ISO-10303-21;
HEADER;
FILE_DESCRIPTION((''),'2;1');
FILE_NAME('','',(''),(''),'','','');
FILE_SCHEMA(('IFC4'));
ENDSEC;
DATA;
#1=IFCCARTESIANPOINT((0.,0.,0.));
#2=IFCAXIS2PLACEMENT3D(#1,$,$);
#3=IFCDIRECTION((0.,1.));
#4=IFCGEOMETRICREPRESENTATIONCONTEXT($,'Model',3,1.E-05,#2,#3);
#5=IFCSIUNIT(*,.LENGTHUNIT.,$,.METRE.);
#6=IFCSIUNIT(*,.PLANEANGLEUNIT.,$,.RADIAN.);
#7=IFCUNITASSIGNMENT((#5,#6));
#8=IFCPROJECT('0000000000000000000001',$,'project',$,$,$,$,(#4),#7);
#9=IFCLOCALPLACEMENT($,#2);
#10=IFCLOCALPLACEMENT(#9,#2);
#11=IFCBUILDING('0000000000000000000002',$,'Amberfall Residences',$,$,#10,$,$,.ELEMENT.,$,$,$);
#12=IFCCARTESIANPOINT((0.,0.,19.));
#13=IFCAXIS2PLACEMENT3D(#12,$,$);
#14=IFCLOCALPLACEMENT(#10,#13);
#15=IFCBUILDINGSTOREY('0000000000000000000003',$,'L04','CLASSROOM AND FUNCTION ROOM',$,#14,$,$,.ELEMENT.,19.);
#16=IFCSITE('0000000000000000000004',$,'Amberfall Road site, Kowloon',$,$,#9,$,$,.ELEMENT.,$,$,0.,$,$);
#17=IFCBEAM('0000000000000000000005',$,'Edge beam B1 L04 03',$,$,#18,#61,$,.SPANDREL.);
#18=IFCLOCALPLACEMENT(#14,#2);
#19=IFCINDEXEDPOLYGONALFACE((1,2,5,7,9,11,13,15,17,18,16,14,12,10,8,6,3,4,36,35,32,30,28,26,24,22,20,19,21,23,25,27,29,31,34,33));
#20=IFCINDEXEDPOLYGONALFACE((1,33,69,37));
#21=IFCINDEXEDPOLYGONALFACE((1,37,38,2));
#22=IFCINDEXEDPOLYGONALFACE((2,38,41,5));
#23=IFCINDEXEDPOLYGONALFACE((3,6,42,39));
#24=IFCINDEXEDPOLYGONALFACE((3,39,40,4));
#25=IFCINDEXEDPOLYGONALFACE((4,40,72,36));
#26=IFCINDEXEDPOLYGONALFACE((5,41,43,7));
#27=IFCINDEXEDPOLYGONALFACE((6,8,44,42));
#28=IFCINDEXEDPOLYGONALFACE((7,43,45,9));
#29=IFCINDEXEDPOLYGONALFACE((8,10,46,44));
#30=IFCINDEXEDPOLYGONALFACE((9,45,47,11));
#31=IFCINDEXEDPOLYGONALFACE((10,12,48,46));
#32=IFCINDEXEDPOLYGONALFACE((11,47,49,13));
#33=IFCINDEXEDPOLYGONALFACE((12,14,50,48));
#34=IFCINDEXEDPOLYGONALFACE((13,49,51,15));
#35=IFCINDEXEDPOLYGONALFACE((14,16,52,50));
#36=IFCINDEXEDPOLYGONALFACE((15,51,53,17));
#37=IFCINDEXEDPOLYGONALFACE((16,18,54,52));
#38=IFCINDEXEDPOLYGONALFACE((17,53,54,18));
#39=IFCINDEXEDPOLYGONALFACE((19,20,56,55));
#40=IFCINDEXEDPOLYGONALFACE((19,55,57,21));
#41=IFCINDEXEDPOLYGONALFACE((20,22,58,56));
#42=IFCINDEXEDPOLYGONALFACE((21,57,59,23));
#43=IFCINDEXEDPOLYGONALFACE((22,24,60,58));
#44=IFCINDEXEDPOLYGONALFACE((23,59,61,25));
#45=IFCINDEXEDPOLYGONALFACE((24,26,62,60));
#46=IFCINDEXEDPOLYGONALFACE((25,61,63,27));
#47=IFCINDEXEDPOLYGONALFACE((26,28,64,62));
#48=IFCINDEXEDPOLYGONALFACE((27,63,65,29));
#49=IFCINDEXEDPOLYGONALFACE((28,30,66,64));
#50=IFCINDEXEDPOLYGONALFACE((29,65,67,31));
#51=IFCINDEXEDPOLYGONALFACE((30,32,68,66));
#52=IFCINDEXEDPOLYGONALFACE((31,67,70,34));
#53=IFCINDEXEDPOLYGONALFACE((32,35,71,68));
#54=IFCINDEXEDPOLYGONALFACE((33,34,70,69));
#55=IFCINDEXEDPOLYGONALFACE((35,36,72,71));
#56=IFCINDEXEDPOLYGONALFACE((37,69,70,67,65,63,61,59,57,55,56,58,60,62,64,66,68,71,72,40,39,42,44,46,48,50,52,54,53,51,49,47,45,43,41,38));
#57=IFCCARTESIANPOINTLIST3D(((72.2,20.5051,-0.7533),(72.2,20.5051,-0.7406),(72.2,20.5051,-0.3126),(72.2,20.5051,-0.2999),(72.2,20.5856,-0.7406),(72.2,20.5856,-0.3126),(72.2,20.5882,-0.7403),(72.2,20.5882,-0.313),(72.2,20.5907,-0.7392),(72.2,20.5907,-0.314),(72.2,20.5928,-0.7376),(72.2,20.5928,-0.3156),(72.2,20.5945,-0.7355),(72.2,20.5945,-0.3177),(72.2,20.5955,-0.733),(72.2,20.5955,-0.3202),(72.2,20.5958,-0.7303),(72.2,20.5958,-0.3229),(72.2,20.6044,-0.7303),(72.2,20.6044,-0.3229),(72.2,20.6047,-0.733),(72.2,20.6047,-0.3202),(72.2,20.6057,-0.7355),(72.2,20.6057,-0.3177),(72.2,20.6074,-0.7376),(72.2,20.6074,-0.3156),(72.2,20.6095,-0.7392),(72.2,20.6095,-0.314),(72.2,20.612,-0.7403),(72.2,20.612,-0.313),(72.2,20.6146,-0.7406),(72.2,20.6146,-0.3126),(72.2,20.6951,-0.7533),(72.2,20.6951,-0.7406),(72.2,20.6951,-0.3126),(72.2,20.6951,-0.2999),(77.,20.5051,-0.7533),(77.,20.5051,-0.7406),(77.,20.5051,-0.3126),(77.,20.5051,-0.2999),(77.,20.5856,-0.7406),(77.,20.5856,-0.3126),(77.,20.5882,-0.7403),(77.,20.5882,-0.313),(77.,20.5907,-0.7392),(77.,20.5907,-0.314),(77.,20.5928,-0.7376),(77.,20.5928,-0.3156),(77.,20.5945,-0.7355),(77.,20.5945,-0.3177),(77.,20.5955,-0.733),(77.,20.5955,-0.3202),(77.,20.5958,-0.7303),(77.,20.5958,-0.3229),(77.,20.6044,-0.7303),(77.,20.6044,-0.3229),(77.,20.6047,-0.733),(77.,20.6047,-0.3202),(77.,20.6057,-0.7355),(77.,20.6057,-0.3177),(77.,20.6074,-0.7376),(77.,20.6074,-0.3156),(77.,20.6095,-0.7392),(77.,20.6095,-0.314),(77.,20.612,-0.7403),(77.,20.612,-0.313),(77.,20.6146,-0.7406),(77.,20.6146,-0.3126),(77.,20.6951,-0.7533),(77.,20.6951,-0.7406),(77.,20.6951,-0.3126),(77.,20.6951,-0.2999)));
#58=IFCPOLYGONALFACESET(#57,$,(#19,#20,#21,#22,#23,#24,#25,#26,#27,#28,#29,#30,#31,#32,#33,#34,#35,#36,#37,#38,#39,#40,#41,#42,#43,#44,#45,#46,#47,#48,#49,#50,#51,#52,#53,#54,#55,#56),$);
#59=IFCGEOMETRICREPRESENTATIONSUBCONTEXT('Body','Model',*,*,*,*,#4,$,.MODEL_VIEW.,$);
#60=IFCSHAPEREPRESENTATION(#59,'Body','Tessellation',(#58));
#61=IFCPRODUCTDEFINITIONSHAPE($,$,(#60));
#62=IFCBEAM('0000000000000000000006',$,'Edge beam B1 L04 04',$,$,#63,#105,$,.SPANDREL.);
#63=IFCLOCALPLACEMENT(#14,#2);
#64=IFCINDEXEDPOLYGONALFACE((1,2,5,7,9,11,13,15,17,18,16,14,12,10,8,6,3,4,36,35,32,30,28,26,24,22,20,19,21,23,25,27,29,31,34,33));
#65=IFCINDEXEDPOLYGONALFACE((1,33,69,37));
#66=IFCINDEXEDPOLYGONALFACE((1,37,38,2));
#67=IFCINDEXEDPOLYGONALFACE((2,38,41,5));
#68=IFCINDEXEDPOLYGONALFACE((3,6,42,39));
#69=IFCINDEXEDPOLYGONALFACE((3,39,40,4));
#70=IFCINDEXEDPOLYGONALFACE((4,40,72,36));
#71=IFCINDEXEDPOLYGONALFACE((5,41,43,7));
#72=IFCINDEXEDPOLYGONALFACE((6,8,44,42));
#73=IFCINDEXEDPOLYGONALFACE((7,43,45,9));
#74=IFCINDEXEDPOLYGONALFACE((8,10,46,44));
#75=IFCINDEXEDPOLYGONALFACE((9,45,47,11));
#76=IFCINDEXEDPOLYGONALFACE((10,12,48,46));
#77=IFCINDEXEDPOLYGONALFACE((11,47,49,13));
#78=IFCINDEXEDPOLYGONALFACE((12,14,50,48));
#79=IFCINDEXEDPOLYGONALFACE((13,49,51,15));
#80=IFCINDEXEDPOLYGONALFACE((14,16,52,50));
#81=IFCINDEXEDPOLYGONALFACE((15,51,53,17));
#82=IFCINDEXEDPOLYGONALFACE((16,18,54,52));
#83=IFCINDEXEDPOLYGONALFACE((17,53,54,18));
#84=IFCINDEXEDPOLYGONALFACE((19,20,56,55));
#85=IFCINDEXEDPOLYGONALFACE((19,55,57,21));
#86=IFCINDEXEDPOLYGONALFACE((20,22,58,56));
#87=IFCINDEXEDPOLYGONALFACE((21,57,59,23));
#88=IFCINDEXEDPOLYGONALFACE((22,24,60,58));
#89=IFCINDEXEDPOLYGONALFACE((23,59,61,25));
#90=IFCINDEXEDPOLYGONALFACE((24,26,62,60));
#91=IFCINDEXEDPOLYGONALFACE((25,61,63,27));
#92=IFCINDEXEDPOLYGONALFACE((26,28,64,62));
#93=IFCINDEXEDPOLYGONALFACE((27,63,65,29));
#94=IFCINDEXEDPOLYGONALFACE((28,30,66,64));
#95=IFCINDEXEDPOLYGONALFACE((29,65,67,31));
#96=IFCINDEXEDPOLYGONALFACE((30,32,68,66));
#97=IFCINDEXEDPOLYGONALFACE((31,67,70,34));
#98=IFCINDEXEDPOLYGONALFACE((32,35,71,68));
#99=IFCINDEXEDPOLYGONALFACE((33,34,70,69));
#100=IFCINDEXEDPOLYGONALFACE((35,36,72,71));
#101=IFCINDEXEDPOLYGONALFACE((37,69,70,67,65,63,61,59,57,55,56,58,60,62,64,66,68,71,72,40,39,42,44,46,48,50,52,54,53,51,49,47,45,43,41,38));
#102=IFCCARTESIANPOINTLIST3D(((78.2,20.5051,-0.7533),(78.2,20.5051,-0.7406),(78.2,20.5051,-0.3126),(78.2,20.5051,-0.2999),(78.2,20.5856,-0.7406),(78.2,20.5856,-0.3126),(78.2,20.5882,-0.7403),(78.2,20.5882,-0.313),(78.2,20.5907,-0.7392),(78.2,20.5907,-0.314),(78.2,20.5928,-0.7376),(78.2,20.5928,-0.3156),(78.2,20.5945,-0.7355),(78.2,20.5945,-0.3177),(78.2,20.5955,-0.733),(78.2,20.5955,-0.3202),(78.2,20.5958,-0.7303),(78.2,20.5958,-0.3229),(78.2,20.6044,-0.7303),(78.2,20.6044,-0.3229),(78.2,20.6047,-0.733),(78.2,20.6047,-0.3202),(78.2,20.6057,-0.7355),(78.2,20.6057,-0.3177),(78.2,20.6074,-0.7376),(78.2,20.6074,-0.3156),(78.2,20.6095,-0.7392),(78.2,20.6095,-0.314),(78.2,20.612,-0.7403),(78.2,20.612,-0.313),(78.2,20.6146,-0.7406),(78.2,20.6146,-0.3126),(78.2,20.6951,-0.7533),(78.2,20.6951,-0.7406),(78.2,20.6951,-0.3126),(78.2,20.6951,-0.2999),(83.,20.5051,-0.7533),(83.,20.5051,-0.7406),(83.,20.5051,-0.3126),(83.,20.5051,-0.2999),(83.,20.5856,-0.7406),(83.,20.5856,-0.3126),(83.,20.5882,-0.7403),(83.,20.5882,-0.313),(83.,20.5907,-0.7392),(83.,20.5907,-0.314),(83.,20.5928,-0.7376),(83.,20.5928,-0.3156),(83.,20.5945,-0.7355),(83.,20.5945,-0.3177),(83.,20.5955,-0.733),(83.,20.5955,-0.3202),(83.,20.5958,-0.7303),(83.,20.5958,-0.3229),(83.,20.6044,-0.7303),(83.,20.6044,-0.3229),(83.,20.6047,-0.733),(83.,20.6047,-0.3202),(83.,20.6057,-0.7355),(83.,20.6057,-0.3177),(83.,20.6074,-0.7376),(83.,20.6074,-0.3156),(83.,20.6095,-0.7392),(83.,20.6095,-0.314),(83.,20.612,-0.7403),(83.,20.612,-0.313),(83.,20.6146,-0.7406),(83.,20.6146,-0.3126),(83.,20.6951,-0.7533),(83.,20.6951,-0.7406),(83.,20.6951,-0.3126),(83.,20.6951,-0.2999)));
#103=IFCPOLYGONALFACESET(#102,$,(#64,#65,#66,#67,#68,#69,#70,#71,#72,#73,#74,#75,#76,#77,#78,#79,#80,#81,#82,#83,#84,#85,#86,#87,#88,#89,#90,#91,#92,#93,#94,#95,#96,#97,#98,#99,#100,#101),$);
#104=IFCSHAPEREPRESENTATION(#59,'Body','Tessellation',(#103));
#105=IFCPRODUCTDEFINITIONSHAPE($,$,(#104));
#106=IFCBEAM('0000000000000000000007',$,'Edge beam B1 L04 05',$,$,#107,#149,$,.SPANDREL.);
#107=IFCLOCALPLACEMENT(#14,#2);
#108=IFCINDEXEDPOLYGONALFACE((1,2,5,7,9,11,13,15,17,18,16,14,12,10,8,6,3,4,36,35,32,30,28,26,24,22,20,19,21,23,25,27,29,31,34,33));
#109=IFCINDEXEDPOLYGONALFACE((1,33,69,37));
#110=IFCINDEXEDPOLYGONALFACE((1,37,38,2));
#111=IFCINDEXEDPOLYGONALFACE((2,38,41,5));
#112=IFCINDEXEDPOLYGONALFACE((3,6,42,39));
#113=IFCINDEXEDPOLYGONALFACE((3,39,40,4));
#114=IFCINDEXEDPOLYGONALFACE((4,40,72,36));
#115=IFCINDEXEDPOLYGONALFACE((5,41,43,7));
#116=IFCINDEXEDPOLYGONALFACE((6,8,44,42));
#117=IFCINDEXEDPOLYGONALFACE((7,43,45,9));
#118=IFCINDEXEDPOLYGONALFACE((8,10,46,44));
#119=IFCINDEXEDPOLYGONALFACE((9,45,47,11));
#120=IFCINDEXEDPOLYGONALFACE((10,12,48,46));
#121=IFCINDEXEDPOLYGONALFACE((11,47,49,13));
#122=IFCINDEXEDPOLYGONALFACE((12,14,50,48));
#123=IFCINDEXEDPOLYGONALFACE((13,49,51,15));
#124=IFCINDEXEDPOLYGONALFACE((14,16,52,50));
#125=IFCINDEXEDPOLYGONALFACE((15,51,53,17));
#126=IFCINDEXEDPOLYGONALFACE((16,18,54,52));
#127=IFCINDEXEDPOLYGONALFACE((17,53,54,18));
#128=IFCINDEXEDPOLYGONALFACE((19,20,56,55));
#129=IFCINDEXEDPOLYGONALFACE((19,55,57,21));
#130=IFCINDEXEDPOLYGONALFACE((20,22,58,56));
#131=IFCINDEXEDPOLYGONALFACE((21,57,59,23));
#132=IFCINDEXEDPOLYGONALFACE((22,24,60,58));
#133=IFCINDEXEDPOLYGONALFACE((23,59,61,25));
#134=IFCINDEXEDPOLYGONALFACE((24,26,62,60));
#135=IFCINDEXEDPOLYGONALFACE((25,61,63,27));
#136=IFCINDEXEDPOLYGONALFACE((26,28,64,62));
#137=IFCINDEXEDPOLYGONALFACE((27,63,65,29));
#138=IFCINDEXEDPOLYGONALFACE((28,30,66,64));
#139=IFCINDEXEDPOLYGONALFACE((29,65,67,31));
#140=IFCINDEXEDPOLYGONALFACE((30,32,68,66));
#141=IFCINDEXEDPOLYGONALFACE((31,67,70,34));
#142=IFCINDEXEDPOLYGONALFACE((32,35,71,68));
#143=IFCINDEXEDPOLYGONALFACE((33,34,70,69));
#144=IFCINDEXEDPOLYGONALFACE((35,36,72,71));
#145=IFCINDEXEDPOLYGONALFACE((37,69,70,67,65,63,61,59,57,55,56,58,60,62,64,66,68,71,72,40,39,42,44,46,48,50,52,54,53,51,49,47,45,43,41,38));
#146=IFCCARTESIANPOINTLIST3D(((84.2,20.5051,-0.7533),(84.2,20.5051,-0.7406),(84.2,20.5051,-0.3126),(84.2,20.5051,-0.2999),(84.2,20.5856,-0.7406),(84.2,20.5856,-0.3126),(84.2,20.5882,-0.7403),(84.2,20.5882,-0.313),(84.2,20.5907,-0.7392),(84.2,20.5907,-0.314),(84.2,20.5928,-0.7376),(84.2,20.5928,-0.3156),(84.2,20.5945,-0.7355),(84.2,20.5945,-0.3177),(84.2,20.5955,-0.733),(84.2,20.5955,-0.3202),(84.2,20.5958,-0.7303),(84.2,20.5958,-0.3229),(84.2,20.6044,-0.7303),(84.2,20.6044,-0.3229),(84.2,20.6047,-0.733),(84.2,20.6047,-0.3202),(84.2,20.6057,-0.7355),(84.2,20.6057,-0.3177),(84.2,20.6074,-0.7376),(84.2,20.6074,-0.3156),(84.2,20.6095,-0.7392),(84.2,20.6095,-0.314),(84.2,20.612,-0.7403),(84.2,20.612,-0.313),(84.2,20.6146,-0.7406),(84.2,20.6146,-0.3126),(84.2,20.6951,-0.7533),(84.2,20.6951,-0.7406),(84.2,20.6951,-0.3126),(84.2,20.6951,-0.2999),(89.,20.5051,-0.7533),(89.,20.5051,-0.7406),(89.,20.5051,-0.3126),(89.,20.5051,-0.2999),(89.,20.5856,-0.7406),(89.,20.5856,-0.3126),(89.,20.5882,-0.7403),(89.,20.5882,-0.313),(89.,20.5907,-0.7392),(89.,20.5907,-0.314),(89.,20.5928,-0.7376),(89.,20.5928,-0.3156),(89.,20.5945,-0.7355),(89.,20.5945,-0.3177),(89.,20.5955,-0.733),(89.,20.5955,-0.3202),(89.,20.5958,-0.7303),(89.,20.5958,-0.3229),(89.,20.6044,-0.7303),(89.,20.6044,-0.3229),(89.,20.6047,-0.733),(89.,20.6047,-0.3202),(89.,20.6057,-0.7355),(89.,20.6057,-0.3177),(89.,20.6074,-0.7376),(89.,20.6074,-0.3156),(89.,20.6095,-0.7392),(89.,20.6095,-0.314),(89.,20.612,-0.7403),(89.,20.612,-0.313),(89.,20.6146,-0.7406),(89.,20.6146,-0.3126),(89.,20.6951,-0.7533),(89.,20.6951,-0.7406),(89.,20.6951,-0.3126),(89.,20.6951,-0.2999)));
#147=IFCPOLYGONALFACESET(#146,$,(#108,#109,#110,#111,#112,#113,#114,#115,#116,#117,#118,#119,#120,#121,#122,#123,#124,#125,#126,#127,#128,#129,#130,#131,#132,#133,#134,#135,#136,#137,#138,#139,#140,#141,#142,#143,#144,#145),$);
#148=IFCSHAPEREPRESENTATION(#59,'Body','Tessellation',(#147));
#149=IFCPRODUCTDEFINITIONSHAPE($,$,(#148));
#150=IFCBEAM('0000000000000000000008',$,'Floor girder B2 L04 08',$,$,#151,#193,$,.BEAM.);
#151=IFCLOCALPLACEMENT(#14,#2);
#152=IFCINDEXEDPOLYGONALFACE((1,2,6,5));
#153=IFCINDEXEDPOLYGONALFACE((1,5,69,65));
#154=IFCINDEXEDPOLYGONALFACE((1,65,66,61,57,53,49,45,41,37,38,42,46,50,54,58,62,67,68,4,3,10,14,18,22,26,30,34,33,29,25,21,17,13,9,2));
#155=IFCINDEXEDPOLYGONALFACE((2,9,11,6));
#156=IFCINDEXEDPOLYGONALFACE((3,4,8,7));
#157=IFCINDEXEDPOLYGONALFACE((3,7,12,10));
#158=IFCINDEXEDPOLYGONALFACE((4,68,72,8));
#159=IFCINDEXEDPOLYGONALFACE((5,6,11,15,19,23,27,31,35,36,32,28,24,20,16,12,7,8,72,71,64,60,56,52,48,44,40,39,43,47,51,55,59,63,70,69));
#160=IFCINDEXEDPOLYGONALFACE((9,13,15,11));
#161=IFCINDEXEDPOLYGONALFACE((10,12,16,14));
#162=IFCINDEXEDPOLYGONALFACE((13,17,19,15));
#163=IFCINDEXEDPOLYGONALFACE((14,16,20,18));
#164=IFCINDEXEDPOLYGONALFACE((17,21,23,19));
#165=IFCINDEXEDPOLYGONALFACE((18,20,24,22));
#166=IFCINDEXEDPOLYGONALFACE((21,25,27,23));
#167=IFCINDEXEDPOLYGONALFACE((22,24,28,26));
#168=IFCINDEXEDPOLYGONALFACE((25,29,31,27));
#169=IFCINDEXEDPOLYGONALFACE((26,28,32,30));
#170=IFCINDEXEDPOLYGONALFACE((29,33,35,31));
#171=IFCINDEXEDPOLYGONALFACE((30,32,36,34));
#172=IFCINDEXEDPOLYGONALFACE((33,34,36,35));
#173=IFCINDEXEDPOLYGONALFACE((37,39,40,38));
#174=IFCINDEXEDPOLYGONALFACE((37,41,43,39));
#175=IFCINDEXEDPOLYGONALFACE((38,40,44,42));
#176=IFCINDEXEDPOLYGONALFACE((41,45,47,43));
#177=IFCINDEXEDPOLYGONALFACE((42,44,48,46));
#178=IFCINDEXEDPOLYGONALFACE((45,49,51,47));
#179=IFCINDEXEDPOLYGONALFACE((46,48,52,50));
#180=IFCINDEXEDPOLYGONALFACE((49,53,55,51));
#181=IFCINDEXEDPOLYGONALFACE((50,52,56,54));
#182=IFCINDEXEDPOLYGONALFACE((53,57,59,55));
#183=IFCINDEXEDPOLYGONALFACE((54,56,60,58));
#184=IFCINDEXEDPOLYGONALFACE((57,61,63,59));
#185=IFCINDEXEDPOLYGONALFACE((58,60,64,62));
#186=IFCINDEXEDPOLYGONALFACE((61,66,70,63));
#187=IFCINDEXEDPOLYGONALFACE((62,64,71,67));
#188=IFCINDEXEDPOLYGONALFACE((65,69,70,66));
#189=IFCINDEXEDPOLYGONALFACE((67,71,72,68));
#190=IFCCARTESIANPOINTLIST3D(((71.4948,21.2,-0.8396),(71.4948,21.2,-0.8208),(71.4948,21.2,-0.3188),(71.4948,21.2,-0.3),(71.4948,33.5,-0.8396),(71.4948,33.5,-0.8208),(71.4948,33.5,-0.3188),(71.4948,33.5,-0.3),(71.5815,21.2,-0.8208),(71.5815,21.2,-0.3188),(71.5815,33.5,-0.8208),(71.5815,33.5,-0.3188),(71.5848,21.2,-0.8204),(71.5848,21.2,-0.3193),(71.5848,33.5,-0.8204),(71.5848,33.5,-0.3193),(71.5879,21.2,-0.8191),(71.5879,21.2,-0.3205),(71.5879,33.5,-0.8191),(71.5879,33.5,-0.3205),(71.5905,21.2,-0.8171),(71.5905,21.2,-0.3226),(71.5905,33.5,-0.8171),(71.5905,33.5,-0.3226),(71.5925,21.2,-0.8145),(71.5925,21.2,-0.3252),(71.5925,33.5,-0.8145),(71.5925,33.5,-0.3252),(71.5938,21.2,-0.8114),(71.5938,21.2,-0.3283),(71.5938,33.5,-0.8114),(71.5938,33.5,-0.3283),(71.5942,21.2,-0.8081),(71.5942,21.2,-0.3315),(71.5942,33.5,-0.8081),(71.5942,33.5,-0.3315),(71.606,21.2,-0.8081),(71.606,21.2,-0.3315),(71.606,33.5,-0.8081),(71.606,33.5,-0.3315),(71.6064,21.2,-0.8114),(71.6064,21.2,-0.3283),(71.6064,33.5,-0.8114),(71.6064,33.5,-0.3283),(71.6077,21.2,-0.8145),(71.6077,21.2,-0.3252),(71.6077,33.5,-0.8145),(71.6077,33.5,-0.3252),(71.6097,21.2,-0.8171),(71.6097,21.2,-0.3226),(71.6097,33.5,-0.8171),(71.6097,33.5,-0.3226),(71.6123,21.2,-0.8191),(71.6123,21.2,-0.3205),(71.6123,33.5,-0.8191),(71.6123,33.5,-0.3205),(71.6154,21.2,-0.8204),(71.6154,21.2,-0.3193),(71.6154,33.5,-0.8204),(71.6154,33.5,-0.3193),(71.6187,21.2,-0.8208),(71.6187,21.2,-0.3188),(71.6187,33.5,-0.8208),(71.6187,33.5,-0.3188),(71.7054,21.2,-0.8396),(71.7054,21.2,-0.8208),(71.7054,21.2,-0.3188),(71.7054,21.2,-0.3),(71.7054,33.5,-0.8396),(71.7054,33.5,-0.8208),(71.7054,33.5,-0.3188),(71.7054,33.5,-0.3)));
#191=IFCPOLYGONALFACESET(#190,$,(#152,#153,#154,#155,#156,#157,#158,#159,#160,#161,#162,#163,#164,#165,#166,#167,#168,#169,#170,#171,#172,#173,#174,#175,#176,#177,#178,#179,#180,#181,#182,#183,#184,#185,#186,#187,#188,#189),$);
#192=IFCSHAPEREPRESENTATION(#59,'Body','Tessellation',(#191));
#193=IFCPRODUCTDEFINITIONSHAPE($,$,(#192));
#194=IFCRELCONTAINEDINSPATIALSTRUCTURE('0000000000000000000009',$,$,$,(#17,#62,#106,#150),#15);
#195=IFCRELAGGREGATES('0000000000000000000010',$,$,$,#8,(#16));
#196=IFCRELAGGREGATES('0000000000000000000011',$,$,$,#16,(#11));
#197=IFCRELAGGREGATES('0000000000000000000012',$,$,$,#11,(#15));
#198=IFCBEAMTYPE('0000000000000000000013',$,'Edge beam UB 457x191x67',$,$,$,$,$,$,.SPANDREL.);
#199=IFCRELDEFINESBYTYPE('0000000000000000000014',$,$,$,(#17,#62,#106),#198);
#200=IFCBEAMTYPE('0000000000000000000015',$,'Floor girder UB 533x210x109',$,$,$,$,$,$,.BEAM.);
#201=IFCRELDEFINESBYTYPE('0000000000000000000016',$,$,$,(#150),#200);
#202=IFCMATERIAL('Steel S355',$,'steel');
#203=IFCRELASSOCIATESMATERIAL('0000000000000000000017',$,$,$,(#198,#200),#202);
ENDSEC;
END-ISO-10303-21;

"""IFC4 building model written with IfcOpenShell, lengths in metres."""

from ifc_helpers import new_model, si_unit, direction, frame, origin, origin_2d, place, context, subcontext, project, spatial, i_section, extrude, material, material_profile, profile_set, type_object, element, save


model = new_model("IFC4")

# Units and contexts
model_context = context("Model", 3, precision=1e-05, world=origin(), true_north=direction((0.0, 1.0)))
body_context = subcontext(model_context, "Body", "Model", "MODEL_VIEW")
ifc_project = project(units=[si_unit("LENGTHUNIT", "METRE"), si_unit("PLANEANGLEUNIT", "RADIAN")], contexts=[model_context])

# Site, building, storey
site_placement = place(None, origin())
site = spatial("IfcSite", under=ifc_project, at=site_placement, Name="Amberfall Road site, Kowloon", CompositionType="ELEMENT", RefElevation=0.0)
building_placement = place(site_placement, origin())
building = spatial("IfcBuilding", under=site, at=building_placement, Name="Amberfall Residences", CompositionType="ELEMENT")
storey_placement = place(building_placement, frame((0.0, 0.0, 19.0)))
storey = spatial("IfcBuildingStorey", under=building, at=storey_placement, Name="L04", Description="CLASSROOM AND FUNCTION ROOM", CompositionType="ELEMENT", Elevation=19.0)

# Beams
ifc_material_1 = material(Name="Steel S355", Category="steel")
ifc_material_profile_1 = material_profile(ifc_material_1, i_section(OverallWidth=0.1899, OverallDepth=0.4534, WebThickness=0.0085, FlangeThickness=0.0127, FilletRadius=0.0103, at=origin_2d()), Name="UB 457x191x67")
ifc_profile_set_1 = profile_set([ifc_material_profile_1], Name="Steel S355")
beam_type_1 = type_object("IfcBeamType", Name="Edge beam UB 457x191x67", PredefinedType="SPANDREL", material=ifc_profile_set_1)
for number, where, z_axis, x_axis, name in (
    (1, (72.2, 20.6001, -0.5266), (1.0, 0.0, 0.0), (0.0, 1.0, 0.0), "Edge beam B1 L04 03"),
    (2, (78.2, 20.6001, -0.5266), (1.0, 0.0, 0.0), (0.0, 1.0, 0.0), "Edge beam B1 L04 04"),
    (3, (84.2, 20.6001, -0.5266), (1.0, 0.0, 0.0), (0.0, 1.0, 0.0), "Edge beam B1 L04 05"),
):
    element("IfcBeam", number, at=place(storey_placement, frame(where, z_axis=z_axis, x_axis=x_axis)), inside=storey, type_object=beam_type_1, Name=name, PredefinedType="SPANDREL", context=body_context, shape_type="SweptSolid", body=[
        extrude(i_section(OverallWidth=0.1899, OverallDepth=0.4534, WebThickness=0.0085, FlangeThickness=0.0127, FilletRadius=0.0103, at=origin_2d()), origin(), (0.0, 0.0, 1.0), 4.8),
    ])
ifc_material_profile_2 = material_profile(ifc_material_1, i_section(OverallWidth=0.2107, OverallDepth=0.5396, WebThickness=0.0117, FlangeThickness=0.0188, FilletRadius=0.0127, at=origin_2d()), Name="UB 533x210x109")
ifc_profile_set_2 = profile_set([ifc_material_profile_2], Name="Steel S355")
beam_type_2 = type_object("IfcBeamType", Name="Floor girder UB 533x210x109", PredefinedType="BEAM", material=ifc_profile_set_2)
for number, where, z_axis, x_axis, name in (
    (4, (71.6001, 21.2, -0.5698), (0.0, 1.0, 0.0), (-1.0, 0.0, 0.0), "Floor girder B2 L04 08"),
):
    element("IfcBeam", number, at=place(storey_placement, frame(where, z_axis=z_axis, x_axis=x_axis)), inside=storey, type_object=beam_type_2, Name=name, PredefinedType="BEAM", context=body_context, shape_type="SweptSolid", body=[
        extrude(i_section(OverallWidth=0.2107, OverallDepth=0.5396, WebThickness=0.0117, FlangeThickness=0.0188, FilletRadius=0.0127, at=origin_2d()), origin(), (0.0, 0.0, 1.0), 12.3),
    ])

save(model, "model.ifc")
